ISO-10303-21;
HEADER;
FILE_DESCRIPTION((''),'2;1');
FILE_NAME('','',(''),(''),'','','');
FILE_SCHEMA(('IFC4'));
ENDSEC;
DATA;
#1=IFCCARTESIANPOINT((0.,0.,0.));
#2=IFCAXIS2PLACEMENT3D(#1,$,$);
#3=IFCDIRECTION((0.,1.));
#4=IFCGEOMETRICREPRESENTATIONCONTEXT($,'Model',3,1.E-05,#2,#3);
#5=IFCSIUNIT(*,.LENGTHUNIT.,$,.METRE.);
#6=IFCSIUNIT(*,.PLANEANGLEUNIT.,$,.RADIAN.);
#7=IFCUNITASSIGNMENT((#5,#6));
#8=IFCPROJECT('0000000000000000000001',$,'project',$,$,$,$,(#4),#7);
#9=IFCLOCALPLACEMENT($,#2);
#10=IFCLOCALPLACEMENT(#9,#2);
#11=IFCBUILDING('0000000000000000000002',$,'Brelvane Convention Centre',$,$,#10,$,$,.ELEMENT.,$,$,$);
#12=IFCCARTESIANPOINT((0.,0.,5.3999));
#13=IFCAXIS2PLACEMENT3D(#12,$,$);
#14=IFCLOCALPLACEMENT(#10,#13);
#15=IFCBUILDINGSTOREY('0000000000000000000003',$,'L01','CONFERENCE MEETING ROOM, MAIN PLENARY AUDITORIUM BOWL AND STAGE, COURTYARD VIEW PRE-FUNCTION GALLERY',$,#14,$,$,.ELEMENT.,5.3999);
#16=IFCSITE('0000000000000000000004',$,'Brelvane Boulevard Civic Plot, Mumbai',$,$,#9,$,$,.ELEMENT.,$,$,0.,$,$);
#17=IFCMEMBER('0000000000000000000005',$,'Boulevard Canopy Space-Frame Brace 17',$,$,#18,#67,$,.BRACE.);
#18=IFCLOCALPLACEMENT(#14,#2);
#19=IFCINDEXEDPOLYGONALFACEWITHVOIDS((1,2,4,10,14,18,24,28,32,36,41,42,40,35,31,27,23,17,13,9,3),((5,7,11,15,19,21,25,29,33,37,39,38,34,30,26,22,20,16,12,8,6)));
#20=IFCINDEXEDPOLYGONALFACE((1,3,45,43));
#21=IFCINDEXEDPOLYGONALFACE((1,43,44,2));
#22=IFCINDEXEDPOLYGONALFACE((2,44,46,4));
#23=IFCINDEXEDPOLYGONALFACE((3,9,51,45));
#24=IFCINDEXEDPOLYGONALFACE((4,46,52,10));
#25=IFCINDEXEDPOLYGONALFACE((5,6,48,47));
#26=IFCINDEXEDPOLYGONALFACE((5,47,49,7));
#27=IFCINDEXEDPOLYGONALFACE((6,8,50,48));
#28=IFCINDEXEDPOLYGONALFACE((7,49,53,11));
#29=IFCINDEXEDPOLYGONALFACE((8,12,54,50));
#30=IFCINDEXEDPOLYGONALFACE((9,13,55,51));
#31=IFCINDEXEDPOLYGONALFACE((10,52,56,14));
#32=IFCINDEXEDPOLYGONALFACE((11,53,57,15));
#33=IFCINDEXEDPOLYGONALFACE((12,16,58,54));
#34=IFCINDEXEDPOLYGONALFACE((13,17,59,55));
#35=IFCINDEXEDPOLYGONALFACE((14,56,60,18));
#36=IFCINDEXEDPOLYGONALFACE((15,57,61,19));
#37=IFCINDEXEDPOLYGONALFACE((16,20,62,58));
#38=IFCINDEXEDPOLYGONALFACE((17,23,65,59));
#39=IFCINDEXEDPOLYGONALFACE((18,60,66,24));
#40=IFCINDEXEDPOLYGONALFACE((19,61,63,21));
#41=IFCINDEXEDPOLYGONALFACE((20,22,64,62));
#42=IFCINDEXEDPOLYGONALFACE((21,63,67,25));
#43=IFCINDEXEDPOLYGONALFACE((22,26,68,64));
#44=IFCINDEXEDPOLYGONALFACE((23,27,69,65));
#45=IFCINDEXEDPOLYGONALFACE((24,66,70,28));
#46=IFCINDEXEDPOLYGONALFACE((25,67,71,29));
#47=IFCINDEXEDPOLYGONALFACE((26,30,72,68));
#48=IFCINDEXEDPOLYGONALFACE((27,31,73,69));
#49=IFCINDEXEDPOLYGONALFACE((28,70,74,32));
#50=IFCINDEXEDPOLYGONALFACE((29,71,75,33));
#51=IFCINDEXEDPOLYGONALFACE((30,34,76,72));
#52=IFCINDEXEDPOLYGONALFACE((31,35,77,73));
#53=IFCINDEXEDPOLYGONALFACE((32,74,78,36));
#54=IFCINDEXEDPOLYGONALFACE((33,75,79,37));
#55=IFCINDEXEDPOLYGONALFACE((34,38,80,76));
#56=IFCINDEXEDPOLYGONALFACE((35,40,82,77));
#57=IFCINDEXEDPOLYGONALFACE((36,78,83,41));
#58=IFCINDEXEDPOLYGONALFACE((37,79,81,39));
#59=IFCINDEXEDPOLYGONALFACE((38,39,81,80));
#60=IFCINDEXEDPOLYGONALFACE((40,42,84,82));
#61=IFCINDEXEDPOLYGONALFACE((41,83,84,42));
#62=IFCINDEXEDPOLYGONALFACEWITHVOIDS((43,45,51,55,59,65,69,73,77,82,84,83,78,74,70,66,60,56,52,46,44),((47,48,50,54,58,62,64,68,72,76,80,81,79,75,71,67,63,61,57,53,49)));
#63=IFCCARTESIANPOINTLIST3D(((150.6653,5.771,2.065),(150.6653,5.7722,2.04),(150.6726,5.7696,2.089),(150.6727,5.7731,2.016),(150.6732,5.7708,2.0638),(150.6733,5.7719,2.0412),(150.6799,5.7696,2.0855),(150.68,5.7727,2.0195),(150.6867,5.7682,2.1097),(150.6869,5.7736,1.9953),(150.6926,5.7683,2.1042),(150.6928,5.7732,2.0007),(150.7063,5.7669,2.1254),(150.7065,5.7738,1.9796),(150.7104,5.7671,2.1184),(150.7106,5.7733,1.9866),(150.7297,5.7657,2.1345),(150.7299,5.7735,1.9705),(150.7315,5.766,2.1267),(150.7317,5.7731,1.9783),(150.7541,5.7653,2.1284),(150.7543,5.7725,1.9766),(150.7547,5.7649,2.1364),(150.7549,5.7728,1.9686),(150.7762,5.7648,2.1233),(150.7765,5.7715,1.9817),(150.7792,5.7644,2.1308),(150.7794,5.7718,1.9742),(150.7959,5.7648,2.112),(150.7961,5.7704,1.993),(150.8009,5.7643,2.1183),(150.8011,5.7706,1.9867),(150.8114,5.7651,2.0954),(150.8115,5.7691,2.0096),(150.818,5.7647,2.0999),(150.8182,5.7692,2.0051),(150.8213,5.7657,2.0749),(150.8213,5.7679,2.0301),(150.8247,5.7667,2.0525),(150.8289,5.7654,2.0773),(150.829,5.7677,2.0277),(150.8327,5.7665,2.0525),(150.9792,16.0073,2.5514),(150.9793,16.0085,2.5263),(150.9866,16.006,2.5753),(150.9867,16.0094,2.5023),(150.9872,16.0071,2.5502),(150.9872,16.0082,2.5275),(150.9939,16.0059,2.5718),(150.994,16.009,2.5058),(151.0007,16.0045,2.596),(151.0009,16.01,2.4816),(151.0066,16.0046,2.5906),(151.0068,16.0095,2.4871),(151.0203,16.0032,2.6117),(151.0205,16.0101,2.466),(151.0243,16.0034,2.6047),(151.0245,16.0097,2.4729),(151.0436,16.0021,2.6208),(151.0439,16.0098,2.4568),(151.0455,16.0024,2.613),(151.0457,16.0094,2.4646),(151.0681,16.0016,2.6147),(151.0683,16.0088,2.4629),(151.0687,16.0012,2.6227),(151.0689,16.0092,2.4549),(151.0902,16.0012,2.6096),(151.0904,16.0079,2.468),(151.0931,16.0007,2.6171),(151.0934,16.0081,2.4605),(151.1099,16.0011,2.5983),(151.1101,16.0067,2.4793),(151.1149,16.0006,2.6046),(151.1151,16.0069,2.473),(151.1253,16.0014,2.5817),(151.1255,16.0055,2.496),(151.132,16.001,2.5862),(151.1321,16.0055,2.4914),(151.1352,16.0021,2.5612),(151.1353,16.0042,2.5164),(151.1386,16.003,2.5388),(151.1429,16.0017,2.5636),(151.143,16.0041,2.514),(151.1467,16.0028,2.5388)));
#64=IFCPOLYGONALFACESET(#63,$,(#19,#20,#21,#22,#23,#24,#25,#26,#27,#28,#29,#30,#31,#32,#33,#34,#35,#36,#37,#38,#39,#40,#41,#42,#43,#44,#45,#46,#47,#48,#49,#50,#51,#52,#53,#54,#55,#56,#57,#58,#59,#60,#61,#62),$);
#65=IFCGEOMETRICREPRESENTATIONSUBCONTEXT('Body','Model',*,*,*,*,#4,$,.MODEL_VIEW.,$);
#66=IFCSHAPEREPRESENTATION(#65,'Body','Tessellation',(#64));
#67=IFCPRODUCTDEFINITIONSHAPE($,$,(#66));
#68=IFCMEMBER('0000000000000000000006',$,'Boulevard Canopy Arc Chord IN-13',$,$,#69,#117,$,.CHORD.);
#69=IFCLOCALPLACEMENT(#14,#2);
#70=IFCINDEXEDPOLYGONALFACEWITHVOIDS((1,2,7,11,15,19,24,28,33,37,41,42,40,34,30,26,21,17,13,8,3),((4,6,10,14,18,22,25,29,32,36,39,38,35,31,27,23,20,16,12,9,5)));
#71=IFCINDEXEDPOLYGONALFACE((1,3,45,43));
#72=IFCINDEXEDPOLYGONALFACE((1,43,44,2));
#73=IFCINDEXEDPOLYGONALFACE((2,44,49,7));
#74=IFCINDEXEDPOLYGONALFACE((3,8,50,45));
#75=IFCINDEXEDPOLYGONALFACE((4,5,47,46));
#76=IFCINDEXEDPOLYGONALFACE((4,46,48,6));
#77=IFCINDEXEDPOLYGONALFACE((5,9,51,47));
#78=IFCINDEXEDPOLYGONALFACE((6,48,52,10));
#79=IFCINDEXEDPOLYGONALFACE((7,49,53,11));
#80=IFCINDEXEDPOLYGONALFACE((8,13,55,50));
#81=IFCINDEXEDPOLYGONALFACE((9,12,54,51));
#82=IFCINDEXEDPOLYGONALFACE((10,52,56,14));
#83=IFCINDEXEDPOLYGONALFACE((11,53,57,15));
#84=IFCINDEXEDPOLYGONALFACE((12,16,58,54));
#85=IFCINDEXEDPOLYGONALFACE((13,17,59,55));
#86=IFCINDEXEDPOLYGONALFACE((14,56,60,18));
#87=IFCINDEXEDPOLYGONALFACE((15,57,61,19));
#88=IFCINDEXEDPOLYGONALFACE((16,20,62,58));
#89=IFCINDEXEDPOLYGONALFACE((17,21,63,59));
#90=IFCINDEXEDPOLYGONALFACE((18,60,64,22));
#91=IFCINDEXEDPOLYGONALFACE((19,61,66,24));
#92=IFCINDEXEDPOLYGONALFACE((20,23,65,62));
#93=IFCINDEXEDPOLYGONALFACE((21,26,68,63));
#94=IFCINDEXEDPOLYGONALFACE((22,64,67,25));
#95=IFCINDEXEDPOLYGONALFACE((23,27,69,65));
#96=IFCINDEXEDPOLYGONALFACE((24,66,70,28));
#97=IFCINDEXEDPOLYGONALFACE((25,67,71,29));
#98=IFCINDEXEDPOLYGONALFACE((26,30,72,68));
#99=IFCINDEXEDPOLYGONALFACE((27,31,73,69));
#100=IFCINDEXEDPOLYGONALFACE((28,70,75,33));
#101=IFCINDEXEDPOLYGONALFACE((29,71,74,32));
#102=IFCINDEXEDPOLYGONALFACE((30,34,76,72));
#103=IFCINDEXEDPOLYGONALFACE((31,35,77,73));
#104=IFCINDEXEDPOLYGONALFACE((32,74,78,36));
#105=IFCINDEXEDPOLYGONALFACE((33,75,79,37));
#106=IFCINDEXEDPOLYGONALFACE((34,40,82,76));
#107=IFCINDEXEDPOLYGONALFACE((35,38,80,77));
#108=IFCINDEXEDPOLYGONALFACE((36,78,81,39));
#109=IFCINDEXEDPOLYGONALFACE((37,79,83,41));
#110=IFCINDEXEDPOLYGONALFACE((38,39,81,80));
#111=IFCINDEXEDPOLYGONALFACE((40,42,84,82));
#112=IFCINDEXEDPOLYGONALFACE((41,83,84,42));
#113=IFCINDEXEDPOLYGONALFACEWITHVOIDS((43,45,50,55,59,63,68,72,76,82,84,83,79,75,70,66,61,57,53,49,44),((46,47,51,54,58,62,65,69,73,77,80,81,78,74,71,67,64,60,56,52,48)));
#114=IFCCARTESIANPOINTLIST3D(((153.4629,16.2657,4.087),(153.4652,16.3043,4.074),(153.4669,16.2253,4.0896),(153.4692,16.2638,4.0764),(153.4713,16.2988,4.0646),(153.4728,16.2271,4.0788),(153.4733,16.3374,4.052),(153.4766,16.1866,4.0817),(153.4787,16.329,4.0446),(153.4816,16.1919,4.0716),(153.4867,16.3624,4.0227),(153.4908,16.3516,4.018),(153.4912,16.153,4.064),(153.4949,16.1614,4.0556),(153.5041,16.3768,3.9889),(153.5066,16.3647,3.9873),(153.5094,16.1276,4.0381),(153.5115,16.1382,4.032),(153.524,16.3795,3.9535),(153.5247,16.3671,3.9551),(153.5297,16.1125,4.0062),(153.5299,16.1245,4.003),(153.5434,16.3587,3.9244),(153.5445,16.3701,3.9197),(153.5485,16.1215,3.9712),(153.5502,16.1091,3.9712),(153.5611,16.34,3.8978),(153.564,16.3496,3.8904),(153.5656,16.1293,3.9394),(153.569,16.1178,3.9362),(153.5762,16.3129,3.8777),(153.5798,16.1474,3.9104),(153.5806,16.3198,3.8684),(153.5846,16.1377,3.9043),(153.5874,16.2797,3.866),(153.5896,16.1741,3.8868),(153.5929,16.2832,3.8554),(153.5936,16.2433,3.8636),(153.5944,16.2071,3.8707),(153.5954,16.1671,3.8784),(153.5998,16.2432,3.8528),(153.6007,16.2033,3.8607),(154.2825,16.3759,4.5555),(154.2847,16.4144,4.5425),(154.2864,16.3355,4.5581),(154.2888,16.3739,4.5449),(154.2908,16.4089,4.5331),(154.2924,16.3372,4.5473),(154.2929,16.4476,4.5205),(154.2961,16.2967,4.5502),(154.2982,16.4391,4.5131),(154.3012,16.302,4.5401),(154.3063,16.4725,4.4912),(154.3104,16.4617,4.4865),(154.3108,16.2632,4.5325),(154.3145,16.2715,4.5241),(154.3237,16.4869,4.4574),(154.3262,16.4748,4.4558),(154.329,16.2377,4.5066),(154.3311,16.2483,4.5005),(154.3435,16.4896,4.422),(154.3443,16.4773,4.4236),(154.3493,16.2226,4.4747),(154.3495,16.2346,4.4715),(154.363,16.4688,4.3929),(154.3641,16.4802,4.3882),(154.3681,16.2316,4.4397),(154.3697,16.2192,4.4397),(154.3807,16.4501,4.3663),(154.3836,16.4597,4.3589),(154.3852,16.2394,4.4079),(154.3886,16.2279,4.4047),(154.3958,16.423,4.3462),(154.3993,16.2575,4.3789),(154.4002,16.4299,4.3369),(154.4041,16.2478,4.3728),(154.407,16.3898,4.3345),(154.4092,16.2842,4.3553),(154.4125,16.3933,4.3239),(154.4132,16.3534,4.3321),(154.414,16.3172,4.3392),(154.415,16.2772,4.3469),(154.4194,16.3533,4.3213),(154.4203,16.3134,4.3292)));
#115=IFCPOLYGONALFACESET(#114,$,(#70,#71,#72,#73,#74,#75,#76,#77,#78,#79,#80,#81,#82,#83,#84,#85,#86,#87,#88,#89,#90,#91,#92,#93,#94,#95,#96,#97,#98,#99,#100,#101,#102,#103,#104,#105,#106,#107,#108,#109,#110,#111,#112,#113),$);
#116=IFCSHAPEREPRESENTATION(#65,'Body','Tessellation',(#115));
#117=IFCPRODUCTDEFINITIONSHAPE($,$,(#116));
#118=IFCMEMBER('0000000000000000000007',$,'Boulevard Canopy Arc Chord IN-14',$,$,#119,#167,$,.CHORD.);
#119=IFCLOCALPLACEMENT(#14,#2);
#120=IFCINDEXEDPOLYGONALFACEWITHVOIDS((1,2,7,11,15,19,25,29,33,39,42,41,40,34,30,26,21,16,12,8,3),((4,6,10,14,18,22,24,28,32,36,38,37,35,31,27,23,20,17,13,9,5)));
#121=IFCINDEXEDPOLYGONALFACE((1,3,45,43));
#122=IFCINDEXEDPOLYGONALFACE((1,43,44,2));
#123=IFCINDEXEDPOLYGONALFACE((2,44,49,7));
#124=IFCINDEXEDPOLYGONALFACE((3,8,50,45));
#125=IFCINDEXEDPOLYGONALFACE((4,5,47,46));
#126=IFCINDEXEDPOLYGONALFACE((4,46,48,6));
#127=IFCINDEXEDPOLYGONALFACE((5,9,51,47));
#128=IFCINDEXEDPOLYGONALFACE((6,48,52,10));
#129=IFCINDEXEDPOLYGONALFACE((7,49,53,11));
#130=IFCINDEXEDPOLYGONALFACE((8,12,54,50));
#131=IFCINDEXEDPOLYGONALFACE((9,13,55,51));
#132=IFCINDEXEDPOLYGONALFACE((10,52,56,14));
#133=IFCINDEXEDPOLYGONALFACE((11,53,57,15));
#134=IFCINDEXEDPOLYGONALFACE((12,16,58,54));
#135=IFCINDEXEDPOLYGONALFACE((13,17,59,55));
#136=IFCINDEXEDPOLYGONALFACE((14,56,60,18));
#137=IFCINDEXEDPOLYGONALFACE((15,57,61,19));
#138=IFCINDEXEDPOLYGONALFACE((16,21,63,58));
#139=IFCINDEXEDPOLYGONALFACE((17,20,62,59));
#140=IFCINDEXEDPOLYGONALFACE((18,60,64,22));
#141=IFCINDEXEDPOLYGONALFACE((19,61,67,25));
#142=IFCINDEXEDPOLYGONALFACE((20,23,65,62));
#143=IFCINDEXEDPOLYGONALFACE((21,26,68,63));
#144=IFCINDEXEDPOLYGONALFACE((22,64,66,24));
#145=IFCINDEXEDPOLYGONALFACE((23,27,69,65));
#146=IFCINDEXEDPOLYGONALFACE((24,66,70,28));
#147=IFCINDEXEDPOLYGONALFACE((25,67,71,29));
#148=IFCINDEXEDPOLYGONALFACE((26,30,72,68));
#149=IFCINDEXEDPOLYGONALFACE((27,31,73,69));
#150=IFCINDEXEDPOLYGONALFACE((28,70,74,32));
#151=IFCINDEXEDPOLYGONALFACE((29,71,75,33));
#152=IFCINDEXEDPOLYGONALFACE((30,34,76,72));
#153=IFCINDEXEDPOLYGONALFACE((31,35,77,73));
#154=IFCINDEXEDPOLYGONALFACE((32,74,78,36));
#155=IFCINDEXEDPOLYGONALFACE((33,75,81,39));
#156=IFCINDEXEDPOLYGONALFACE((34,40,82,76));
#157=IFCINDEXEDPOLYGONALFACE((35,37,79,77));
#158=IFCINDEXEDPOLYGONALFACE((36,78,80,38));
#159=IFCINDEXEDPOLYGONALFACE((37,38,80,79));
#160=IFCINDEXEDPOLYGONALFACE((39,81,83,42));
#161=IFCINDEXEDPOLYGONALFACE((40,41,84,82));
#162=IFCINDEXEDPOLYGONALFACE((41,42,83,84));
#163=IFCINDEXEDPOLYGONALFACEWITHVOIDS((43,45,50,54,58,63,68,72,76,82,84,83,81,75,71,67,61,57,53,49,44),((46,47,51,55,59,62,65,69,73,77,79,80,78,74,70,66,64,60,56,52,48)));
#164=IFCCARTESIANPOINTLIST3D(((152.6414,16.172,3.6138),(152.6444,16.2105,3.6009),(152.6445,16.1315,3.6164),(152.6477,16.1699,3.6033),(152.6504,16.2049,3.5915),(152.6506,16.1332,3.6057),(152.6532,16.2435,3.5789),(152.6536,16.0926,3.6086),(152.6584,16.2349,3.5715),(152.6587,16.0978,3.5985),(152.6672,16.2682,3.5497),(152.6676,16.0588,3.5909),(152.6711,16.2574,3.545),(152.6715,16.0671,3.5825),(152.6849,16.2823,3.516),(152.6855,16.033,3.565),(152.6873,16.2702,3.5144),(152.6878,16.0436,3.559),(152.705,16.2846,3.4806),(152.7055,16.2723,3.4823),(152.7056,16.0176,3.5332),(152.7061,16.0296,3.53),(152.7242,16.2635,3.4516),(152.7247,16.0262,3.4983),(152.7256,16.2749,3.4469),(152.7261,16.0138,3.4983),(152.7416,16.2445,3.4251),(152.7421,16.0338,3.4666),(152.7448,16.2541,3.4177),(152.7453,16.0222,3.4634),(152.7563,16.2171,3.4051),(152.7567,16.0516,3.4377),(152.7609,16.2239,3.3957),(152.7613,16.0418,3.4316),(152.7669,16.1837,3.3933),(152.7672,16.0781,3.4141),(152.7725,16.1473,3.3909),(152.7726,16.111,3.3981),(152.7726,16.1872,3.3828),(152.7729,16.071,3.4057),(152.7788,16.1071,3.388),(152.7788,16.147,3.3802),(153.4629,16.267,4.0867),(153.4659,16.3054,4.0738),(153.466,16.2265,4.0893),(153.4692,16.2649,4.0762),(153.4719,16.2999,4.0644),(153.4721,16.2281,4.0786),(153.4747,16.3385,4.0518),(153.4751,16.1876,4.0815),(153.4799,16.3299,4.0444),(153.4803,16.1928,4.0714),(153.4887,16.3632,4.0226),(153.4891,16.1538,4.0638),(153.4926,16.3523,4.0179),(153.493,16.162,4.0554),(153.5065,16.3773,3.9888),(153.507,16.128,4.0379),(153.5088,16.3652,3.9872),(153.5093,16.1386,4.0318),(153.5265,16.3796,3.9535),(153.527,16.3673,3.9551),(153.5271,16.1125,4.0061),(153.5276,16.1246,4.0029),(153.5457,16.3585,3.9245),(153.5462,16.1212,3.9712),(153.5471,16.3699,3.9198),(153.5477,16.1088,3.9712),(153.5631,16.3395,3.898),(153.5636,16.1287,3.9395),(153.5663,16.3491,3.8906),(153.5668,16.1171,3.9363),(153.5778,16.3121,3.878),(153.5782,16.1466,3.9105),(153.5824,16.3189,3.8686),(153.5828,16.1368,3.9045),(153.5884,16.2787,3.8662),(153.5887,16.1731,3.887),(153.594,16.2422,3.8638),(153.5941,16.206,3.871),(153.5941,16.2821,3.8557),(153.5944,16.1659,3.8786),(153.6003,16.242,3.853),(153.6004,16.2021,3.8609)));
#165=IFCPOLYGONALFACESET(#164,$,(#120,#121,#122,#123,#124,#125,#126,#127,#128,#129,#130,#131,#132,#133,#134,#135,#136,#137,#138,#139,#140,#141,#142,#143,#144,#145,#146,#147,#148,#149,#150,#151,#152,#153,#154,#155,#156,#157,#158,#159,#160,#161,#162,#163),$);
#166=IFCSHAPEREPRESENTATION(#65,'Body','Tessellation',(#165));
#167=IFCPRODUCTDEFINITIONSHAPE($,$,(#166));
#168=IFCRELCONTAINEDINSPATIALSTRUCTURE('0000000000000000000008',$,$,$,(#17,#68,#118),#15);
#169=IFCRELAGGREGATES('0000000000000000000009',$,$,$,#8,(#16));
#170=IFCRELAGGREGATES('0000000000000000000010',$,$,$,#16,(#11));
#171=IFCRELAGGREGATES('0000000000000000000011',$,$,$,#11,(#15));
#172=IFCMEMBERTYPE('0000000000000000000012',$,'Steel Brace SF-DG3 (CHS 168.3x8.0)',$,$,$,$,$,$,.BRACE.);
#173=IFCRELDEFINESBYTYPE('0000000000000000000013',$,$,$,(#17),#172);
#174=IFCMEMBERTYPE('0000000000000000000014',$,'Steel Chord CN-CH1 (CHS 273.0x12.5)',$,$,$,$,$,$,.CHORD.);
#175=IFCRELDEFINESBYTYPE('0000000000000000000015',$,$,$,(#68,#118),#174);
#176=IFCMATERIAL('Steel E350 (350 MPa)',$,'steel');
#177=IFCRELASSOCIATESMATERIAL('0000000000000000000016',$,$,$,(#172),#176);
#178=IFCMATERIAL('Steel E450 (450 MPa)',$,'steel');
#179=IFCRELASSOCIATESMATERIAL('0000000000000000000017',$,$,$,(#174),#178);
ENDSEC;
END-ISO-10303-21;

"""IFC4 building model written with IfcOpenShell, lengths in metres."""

from ifc_helpers import new_model, si_unit, direction, frame, origin, origin_2d, place, context, subcontext, project, spatial, hollow_circle, extrude, material, material_profile, profile_set, type_object, element, save


model = new_model("IFC4")

# Units and contexts
model_context = context("Model", 3, precision=1e-05, world=origin(), true_north=direction((0.0, 1.0)))
body_context = subcontext(model_context, "Body", "Model", "MODEL_VIEW")
ifc_project = project(units=[si_unit("LENGTHUNIT", "METRE"), si_unit("PLANEANGLEUNIT", "RADIAN")], contexts=[model_context])

# Site, building, storey
site_placement = place(None, origin())
site = spatial("IfcSite", under=ifc_project, at=site_placement, Name="Brelvane Boulevard Civic Plot, Mumbai", CompositionType="ELEMENT", RefElevation=0.0)
building_placement = place(site_placement, origin())
building = spatial("IfcBuilding", under=site, at=building_placement, Name="Brelvane Convention Centre", CompositionType="ELEMENT")
storey_placement = place(building_placement, frame((0.0, 0.0, 5.3999)))
storey = spatial("IfcBuildingStorey", under=building, at=storey_placement, Name="L01", Description="CONFERENCE MEETING ROOM, MAIN PLENARY AUDITORIUM BOWL AND STAGE, COURTYARD VIEW PRE-FUNCTION GALLERY", CompositionType="ELEMENT", Elevation=5.3999)

# Members
ifc_material_1 = material(Name="Steel E350 (350 MPa)", Category="steel")
ifc_material_profile_1 = material_profile(ifc_material_1, hollow_circle(Radius=0.0842, WallThickness=0.0081, at=origin_2d()), Name="CHS 168.3x8.0")
ifc_profile_set_1 = profile_set([ifc_material_profile_1], Name="Steel E350 (350 MPa)")
member_type_1 = type_object("IfcMemberType", Name="Steel Brace SF-DG3 (CHS 168.3x8.0)", PredefinedType="BRACE", material=ifc_profile_set_1)
member_1_placement = place(storey_placement, frame((151.0625, 16.0054, 2.5388), z_axis=(-0.030623, -0.998405, -0.047434), x_axis=(0.99953, -0.030657, 0.0)))
element("IfcMember", 1, at=member_1_placement, inside=storey, type_object=member_type_1, Name="Boulevard Canopy Space-Frame Brace 17", PredefinedType="BRACE", context=body_context, shape_type="SweptSolid", body=[
    extrude(hollow_circle(Radius=0.0842, WallThickness=0.0081, at=origin_2d()), origin(), (0.0, 0.0, 1.0), 10.2527),
])
ifc_material_2 = material(Name="Steel E450 (450 MPa)", Category="steel")
ifc_material_profile_2 = material_profile(ifc_material_2, hollow_circle(Radius=0.1365, WallThickness=0.0125, at=origin_2d()), Name="CHS 273.0x12.5")
ifc_profile_set_2 = profile_set([ifc_material_profile_2], Name="Steel E450 (450 MPa)")
member_type_2 = type_object("IfcMemberType", Name="Steel Chord CN-CH1 (CHS 273.0x12.5)", PredefinedType="CHORD", material=ifc_profile_set_2)
member_2_placement = place(storey_placement, frame((154.3516, 16.3545, 4.4397), z_axis=(-0.862318, -0.115849, -0.492937), x_axis=(0.13315, -0.991096, 0.0)))
element("IfcMember", 2, at=member_2_placement, inside=storey, type_object=member_type_2, Name="Boulevard Canopy Arc Chord IN-13", PredefinedType="CHORD", context=body_context, shape_type="SweptSolid", body=[
    extrude(hollow_circle(Radius=0.1365, WallThickness=0.0125, at=origin_2d()), origin(), (0.0, 0.0, 1.0), 0.9504),
])
member_3_placement = place(storey_placement, frame((153.532, 16.2444, 3.9712), z_axis=(-0.862352, -0.099689, -0.496397), x_axis=(0.114837, -0.993384, 0.0)))
element("IfcMember", 3, at=member_3_placement, inside=storey, type_object=member_type_2, Name="Boulevard Canopy Arc Chord IN-14", PredefinedType="CHORD", context=body_context, shape_type="SweptSolid", body=[
    extrude(hollow_circle(Radius=0.1365, WallThickness=0.0125, at=origin_2d()), origin(), (0.0, 0.0, 1.0), 0.9526),
])

save(model, "model.ifc")
